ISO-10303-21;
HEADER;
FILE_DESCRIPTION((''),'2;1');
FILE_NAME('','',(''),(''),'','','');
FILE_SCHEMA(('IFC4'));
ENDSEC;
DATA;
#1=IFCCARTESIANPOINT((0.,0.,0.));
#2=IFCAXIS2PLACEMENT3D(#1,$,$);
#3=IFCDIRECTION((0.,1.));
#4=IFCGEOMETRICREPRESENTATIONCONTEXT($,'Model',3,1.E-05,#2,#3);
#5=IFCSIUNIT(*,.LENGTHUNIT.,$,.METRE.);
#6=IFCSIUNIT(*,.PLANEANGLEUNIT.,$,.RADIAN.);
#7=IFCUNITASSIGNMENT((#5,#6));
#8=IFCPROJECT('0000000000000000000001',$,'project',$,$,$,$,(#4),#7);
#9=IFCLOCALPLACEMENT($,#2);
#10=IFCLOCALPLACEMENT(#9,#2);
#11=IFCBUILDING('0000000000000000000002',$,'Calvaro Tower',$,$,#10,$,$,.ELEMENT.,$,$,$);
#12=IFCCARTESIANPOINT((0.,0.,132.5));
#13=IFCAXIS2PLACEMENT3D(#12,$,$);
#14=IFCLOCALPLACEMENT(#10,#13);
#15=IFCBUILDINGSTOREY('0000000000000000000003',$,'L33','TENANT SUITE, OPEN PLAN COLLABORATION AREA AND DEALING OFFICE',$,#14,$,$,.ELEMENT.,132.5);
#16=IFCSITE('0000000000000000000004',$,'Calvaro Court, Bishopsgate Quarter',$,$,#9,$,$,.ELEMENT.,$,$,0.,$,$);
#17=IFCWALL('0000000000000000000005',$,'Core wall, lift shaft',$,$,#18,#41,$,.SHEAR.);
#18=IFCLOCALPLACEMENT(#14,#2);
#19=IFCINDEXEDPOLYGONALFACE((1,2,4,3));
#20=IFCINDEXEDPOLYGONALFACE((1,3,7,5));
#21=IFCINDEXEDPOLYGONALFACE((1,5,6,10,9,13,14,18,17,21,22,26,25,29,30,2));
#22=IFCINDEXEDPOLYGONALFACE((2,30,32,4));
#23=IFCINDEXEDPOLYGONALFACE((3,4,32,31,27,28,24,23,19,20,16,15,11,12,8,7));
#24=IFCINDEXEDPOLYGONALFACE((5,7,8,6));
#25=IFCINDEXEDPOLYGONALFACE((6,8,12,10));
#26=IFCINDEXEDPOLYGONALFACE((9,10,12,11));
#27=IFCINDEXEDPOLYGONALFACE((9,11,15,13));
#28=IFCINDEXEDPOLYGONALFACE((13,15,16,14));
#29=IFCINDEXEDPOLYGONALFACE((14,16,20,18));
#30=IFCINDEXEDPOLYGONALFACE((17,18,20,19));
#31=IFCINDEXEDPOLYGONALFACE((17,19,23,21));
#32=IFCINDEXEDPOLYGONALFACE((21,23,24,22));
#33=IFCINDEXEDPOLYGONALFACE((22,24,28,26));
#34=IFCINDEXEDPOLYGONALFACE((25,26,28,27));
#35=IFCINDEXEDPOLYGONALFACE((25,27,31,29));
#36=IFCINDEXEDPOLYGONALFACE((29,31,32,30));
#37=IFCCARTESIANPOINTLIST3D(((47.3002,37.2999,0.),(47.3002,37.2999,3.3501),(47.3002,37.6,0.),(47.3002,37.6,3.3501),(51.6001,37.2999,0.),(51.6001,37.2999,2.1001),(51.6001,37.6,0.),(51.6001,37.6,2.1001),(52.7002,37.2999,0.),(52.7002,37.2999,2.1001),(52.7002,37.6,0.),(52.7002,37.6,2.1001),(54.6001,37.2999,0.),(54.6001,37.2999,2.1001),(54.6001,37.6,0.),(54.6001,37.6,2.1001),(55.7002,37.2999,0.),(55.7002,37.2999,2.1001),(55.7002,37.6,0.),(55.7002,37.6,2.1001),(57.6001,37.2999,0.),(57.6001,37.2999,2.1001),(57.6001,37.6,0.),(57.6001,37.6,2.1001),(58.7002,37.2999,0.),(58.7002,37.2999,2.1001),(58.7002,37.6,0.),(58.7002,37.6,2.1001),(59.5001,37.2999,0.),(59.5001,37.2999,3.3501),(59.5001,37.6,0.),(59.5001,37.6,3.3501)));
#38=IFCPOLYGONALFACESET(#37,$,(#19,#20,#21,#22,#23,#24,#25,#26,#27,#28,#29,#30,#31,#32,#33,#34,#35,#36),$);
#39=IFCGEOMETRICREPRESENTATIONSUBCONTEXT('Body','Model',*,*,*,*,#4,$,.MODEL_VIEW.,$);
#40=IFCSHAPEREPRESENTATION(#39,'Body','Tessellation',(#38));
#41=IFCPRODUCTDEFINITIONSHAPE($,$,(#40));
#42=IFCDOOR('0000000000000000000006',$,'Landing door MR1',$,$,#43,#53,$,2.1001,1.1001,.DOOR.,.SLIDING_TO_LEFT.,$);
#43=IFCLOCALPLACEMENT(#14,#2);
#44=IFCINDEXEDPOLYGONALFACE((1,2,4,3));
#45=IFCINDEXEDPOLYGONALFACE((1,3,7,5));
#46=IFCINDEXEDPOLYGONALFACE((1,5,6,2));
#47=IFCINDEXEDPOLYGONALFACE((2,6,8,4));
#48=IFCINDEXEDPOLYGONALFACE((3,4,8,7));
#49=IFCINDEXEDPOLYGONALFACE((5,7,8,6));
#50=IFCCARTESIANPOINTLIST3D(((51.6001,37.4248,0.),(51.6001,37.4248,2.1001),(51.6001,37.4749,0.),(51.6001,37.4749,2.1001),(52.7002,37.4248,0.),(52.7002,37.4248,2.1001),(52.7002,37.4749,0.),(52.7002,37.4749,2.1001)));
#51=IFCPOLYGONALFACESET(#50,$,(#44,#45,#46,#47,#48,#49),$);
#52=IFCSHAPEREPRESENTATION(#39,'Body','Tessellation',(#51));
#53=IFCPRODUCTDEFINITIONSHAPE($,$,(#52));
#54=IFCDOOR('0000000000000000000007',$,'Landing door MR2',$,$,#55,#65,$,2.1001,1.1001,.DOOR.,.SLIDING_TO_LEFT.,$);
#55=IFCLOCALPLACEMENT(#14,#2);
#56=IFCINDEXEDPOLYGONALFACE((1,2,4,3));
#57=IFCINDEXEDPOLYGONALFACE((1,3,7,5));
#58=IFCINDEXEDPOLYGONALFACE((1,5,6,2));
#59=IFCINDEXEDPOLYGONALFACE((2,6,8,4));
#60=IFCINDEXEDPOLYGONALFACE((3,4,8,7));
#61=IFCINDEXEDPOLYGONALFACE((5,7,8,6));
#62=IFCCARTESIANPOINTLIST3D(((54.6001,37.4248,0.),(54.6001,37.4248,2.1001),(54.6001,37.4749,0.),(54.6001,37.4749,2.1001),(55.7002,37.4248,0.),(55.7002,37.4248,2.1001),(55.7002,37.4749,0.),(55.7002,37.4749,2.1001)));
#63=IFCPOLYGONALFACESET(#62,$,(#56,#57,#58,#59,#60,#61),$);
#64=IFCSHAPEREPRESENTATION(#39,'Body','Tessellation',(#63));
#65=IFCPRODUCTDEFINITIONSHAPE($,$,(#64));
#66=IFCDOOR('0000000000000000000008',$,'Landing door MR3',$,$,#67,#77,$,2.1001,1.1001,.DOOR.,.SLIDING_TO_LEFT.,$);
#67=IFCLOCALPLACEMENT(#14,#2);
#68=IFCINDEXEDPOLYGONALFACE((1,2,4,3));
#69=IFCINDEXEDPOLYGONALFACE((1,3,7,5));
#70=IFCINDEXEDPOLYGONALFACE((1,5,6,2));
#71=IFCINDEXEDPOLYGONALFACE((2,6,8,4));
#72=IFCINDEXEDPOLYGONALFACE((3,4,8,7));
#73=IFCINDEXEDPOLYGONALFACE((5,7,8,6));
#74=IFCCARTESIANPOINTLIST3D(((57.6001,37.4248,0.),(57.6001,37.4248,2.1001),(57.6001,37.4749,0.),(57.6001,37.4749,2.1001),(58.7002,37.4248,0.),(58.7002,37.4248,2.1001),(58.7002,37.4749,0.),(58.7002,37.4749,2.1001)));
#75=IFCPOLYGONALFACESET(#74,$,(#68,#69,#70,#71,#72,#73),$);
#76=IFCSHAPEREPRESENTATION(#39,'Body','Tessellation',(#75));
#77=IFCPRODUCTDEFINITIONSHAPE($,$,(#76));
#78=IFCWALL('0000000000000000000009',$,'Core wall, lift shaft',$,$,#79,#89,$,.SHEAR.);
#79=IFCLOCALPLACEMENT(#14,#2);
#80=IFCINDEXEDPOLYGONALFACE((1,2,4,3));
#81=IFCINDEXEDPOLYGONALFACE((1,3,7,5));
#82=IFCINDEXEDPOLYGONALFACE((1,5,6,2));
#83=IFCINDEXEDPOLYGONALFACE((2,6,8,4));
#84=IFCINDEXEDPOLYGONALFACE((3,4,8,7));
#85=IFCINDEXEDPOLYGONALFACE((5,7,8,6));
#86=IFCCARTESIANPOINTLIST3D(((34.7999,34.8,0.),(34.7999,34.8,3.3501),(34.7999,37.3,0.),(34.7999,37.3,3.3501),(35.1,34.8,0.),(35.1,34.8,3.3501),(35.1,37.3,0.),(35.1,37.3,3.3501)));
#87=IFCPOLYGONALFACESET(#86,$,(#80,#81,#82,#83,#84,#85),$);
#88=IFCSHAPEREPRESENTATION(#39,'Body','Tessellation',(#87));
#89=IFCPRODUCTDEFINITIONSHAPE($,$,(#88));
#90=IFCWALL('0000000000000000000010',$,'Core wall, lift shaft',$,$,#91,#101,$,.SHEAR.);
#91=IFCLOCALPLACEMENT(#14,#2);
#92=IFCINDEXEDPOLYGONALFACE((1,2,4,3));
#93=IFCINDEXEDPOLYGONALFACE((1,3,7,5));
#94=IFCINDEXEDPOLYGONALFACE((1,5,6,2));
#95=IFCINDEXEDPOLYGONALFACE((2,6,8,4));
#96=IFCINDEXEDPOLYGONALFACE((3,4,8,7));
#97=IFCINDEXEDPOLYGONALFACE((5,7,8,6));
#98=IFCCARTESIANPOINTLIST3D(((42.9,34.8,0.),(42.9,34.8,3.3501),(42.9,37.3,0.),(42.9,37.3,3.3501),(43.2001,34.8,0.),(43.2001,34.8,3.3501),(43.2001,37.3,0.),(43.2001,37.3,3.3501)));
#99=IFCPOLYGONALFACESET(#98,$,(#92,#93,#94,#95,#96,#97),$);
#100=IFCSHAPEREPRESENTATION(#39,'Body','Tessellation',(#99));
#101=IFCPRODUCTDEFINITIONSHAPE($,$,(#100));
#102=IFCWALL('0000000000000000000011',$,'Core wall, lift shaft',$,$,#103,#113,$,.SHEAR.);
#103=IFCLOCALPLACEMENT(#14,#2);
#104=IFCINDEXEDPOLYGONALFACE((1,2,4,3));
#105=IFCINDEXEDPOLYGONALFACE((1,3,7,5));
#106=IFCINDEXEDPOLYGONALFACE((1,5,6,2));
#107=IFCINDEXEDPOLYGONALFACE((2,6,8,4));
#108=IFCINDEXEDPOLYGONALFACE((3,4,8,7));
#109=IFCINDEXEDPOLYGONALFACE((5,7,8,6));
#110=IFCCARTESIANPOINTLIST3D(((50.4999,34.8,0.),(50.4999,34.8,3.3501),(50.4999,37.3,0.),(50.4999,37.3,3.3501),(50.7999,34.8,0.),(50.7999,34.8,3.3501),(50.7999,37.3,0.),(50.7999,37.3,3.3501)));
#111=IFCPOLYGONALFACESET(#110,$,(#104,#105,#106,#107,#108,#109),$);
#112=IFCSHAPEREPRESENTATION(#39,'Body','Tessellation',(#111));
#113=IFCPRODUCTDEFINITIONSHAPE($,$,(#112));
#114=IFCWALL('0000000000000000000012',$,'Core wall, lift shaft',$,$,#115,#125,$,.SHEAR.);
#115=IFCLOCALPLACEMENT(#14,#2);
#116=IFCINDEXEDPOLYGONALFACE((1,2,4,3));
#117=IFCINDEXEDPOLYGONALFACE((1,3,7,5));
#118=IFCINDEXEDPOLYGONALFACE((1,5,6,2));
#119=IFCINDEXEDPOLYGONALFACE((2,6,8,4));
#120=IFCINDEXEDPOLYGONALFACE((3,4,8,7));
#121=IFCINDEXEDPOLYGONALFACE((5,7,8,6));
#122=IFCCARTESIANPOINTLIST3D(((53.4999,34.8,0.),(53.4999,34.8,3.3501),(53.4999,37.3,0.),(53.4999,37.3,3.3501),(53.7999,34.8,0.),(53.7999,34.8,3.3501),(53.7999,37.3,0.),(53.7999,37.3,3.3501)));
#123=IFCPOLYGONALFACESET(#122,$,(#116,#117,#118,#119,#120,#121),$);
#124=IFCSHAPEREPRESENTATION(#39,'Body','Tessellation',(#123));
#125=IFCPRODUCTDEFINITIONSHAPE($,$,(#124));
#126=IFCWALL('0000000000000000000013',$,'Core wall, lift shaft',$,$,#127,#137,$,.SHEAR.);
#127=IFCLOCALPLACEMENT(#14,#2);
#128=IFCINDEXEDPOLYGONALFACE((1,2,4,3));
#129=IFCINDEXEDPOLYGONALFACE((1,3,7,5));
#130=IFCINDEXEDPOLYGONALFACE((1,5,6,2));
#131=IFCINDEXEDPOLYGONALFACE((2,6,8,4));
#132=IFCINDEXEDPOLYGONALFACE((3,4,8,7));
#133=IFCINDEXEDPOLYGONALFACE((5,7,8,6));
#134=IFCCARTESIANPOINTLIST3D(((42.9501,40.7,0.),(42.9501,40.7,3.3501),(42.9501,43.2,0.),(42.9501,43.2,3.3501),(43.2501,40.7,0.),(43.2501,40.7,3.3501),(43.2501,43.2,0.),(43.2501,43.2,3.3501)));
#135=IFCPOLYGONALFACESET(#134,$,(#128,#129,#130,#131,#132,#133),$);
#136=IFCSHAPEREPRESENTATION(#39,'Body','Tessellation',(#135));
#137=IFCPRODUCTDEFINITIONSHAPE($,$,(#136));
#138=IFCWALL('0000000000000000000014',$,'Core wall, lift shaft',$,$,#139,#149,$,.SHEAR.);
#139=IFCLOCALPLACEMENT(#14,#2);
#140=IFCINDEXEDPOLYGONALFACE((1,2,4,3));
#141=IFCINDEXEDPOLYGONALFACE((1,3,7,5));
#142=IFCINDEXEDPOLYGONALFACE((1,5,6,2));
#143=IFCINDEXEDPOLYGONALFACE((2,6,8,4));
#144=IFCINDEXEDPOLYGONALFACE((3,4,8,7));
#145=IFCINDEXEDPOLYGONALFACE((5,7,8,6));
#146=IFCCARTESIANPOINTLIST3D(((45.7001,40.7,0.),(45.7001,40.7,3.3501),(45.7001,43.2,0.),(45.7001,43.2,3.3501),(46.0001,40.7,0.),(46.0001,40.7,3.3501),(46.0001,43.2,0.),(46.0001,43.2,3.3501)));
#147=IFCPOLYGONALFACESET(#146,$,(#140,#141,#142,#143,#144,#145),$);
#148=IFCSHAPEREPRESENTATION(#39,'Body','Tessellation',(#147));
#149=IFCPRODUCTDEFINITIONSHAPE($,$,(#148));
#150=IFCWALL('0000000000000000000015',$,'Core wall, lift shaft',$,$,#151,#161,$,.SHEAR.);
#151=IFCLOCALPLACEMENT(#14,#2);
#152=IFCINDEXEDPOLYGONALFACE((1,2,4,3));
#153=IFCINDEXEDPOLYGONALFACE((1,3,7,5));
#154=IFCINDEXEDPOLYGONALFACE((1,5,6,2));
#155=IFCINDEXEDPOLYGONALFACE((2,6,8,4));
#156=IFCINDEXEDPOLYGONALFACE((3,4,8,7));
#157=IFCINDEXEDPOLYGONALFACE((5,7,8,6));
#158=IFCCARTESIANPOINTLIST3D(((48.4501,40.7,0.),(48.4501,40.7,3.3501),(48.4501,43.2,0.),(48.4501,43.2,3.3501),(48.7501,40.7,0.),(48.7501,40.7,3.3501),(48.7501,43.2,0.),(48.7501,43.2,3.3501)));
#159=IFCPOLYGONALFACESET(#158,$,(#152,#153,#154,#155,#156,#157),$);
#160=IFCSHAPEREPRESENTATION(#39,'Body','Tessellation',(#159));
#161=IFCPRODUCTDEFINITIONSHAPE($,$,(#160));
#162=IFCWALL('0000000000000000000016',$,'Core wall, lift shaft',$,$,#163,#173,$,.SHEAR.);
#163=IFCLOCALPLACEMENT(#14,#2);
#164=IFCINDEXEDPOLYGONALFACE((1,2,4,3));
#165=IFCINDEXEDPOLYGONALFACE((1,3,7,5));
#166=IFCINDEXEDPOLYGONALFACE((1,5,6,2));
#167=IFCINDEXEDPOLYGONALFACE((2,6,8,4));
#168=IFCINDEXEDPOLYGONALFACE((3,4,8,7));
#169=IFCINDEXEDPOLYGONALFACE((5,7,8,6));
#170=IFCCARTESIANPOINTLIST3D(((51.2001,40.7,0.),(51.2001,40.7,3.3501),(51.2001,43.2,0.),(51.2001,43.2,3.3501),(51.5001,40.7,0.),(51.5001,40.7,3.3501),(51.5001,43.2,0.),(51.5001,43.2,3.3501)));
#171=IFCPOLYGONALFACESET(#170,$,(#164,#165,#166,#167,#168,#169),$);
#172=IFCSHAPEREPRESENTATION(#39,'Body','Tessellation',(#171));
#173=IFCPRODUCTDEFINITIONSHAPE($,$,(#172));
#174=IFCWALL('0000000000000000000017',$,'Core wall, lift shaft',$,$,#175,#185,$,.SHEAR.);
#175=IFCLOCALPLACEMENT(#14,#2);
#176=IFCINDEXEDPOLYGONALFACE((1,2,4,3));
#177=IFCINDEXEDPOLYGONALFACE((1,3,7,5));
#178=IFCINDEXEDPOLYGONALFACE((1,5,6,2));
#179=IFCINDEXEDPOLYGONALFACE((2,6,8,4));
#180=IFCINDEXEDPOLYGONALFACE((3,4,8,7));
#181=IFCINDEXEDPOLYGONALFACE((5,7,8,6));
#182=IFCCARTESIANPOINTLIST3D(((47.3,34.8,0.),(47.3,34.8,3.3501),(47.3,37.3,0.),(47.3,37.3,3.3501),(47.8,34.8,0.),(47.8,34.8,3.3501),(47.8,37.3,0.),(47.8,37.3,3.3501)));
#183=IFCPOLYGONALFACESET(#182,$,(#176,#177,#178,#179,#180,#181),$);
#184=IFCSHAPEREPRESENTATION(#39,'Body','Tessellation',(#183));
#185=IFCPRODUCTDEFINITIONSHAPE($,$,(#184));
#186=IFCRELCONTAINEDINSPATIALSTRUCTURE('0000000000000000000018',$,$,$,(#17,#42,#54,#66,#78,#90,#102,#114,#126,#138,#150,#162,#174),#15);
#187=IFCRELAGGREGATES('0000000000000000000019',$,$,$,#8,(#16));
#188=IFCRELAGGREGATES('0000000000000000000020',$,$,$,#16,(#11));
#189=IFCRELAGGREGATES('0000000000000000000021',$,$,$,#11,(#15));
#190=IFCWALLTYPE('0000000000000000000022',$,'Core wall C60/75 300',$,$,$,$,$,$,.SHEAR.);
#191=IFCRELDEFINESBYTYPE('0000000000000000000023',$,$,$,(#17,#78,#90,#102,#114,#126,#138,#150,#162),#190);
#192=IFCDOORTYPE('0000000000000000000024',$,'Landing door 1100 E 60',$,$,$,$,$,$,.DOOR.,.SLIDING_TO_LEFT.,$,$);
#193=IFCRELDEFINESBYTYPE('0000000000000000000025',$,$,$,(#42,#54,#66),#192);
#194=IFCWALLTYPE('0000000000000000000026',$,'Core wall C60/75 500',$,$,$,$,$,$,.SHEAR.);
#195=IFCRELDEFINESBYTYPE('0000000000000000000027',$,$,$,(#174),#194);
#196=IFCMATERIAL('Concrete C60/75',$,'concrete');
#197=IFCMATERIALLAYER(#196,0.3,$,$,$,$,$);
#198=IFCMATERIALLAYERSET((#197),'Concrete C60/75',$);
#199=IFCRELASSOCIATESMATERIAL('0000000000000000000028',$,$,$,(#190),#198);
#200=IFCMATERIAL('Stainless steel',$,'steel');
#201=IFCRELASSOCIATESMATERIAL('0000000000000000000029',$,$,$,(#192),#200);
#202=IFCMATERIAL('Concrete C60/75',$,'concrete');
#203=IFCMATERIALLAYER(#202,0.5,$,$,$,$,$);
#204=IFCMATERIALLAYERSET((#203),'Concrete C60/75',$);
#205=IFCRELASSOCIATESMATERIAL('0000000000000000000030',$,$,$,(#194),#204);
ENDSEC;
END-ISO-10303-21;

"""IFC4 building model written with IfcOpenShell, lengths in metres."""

from ifc_helpers import new_model, si_unit, direction, frame, frame_2d, origin, place, context, subcontext, project, spatial, rectangle, extrude, material, layer, layer_set, type_object, element, fill, save


model = new_model("IFC4")

# Units and contexts
model_context = context("Model", 3, precision=1e-05, world=origin(), true_north=direction((0.0, 1.0)))
body_context = subcontext(model_context, "Body", "Model", "MODEL_VIEW")
ifc_project = project(units=[si_unit("LENGTHUNIT", "METRE"), si_unit("PLANEANGLEUNIT", "RADIAN")], contexts=[model_context])

# Site, building, storey
site_placement = place(None, origin())
site = spatial("IfcSite", under=ifc_project, at=site_placement, Name="Calvaro Court, Bishopsgate Quarter", CompositionType="ELEMENT", RefElevation=0.0)
building_placement = place(site_placement, origin())
building = spatial("IfcBuilding", under=site, at=building_placement, Name="Calvaro Tower", CompositionType="ELEMENT")
storey_placement = place(building_placement, frame((0.0, 0.0, 132.5)))
storey = spatial("IfcBuildingStorey", under=building, at=storey_placement, Name="L33", Description="TENANT SUITE, OPEN PLAN COLLABORATION AREA AND DEALING OFFICE", CompositionType="ELEMENT", Elevation=132.5)

# Shared definitions
ifc_material_1 = material(Name="Concrete C60/75", Category="concrete")
ifc_layer_1 = layer(ifc_material_1, 0.3)
ifc_layer_set_1 = layer_set([ifc_layer_1], Name="Concrete C60/75")
wall_type_1 = type_object("IfcWallType", Name="Core wall C60/75 300", PredefinedType="SHEAR", material=ifc_layer_set_1)
ifc_material_2 = material(Name="Stainless steel", Category="steel")
door_type_1 = type_object("IfcDoorType", Name="Landing door 1100 E 60", OperationType="SLIDING_TO_LEFT", PredefinedType="DOOR", material=ifc_material_2)

# Wall, openings, doors
wall_1_placement = place(storey_placement, frame((47.3, 37.45, 0.0), z_axis=(0.0, 0.0, 1.0), x_axis=(1.0, 0.0, 0.0)))
wall_1 = element("IfcWall", 1, at=wall_1_placement, inside=storey, type_object=wall_type_1, Name="Core wall, lift shaft", PredefinedType="SHEAR", context=body_context, shape_type="SweptSolid", body=[
    extrude(rectangle(XDim=12.2, YDim=0.3, at=frame_2d((6.1001, 0.0))), origin(), (0.0, 0.0, 1.0), 3.3501),
])
opening_1_placement = place(wall_1_placement, frame((4.3, 0.0, 0.0)))
opening_1 = element("IfcOpeningElement", 2, at=opening_1_placement, cuts=wall_1, PredefinedType="OPENING", context=body_context, shape_type="SweptSolid", body=[
    extrude(rectangle(XDim=1.1001, YDim=2.1001, at=frame_2d((0.55, 1.05))), frame((0.0, 0.1599, 0.0), z_axis=(0.0, -1.0, 0.0), x_axis=(1.0, 0.0, 0.0)), (0.0, 0.0, 1.0), 0.3201),
])
opening_2_placement = place(wall_1_placement, frame((7.3, 0.0, 0.0)))
opening_2 = element("IfcOpeningElement", 3, at=opening_2_placement, cuts=wall_1, PredefinedType="OPENING", context=body_context, shape_type="SweptSolid", body=[
    extrude(rectangle(XDim=1.1001, YDim=2.1001, at=frame_2d((0.55, 1.05))), frame((0.0, 0.1599, 0.0), z_axis=(0.0, -1.0, 0.0), x_axis=(1.0, 0.0, 0.0)), (0.0, 0.0, 1.0), 0.3201),
])
opening_3_placement = place(wall_1_placement, frame((10.3, 0.0, 0.0)))
opening_3 = element("IfcOpeningElement", 4, at=opening_3_placement, cuts=wall_1, PredefinedType="OPENING", context=body_context, shape_type="SweptSolid", body=[
    extrude(rectangle(XDim=1.1001, YDim=2.1001, at=frame_2d((0.55, 1.05))), frame((0.0, 0.1599, 0.0), z_axis=(0.0, -1.0, 0.0), x_axis=(1.0, 0.0, 0.0)), (0.0, 0.0, 1.0), 0.3201),
])
door_1_placement = place(opening_1_placement, origin())
door_1 = element("IfcDoor", 5, at=door_1_placement, inside=storey, type_object=door_type_1, Name="Landing door MR1", OperationType="SLIDING_TO_LEFT", OverallHeight=2.1001, OverallWidth=1.1001, PredefinedType="DOOR", context=body_context, shape_type="SweptSolid", body=[
    extrude(rectangle(XDim=1.1001, YDim=2.1001, at=frame_2d((0.55, 1.05))), frame((0.0, 0.0249, 0.0), z_axis=(0.0, -1.0, 0.0), x_axis=(1.0, 0.0, 0.0)), (0.0, 0.0, 1.0), 0.05),
])
fill(opening_1, door_1)
door_2_placement = place(opening_2_placement, origin())
door_2 = element("IfcDoor", 6, at=door_2_placement, inside=storey, type_object=door_type_1, Name="Landing door MR2", OperationType="SLIDING_TO_LEFT", OverallHeight=2.1001, OverallWidth=1.1001, PredefinedType="DOOR", context=body_context, shape_type="SweptSolid", body=[
    extrude(rectangle(XDim=1.1001, YDim=2.1001, at=frame_2d((0.55, 1.05))), frame((0.0, 0.0249, 0.0), z_axis=(0.0, -1.0, 0.0), x_axis=(1.0, 0.0, 0.0)), (0.0, 0.0, 1.0), 0.05),
])
fill(opening_2, door_2)
door_3_placement = place(opening_3_placement, origin())
door_3 = element("IfcDoor", 7, at=door_3_placement, inside=storey, type_object=door_type_1, Name="Landing door MR3", OperationType="SLIDING_TO_LEFT", OverallHeight=2.1001, OverallWidth=1.1001, PredefinedType="DOOR", context=body_context, shape_type="SweptSolid", body=[
    extrude(rectangle(XDim=1.1001, YDim=2.1001, at=frame_2d((0.55, 1.05))), frame((0.0, 0.0249, 0.0), z_axis=(0.0, -1.0, 0.0), x_axis=(1.0, 0.0, 0.0)), (0.0, 0.0, 1.0), 0.05),
])
fill(opening_3, door_3)

# Walls
for number, where, z_axis, x_axis, name in (
    (8, (34.95, 34.8, 0.0), (0.0, 0.0, 1.0), (0.0, 1.0, 0.0), "Core wall, lift shaft"),
    (9, (43.05, 34.8, 0.0), (0.0, 0.0, 1.0), (0.0, 1.0, 0.0), "Core wall, lift shaft"),
    (10, (50.6499, 34.8, 0.0), (0.0, 0.0, 1.0), (0.0, 1.0, 0.0), "Core wall, lift shaft"),
    (11, (53.6499, 34.8, 0.0), (0.0, 0.0, 1.0), (0.0, 1.0, 0.0), "Core wall, lift shaft"),
    (12, (43.1001, 40.7, 0.0), (0.0, 0.0, 1.0), (0.0, 1.0, 0.0), "Core wall, lift shaft"),
    (13, (45.8501, 40.7, 0.0), (0.0, 0.0, 1.0), (0.0, 1.0, 0.0), "Core wall, lift shaft"),
    (14, (48.6001, 40.7, 0.0), (0.0, 0.0, 1.0), (0.0, 1.0, 0.0), "Core wall, lift shaft"),
    (15, (51.3501, 40.7, 0.0), (0.0, 0.0, 1.0), (0.0, 1.0, 0.0), "Core wall, lift shaft"),
):
    element("IfcWall", number, at=place(storey_placement, frame(where, z_axis=z_axis, x_axis=x_axis)), inside=storey, type_object=wall_type_1, Name=name, PredefinedType="SHEAR", context=body_context, shape_type="SweptSolid", body=[
        extrude(rectangle(XDim=2.5, YDim=0.3, at=frame_2d((1.25, 0.0))), origin(), (0.0, 0.0, 1.0), 3.3501),
    ])
ifc_material_3 = material(Name="Concrete C60/75", Category="concrete")
ifc_layer_2 = layer(ifc_material_3, 0.5)
ifc_layer_set_2 = layer_set([ifc_layer_2], Name="Concrete C60/75")
wall_type_2 = type_object("IfcWallType", Name="Core wall C60/75 500", PredefinedType="SHEAR", material=ifc_layer_set_2)
wall_2_placement = place(storey_placement, frame((47.55, 34.8, 0.0), z_axis=(0.0, 0.0, 1.0), x_axis=(0.0, 1.0, 0.0)))
element("IfcWall", 16, at=wall_2_placement, inside=storey, type_object=wall_type_2, Name="Core wall, lift shaft", PredefinedType="SHEAR", context=body_context, shape_type="SweptSolid", body=[
    extrude(rectangle(XDim=2.5, YDim=0.5, at=frame_2d((1.25, 0.0))), origin(), (0.0, 0.0, 1.0), 3.3501),
])

save(model, "model.ifc")
